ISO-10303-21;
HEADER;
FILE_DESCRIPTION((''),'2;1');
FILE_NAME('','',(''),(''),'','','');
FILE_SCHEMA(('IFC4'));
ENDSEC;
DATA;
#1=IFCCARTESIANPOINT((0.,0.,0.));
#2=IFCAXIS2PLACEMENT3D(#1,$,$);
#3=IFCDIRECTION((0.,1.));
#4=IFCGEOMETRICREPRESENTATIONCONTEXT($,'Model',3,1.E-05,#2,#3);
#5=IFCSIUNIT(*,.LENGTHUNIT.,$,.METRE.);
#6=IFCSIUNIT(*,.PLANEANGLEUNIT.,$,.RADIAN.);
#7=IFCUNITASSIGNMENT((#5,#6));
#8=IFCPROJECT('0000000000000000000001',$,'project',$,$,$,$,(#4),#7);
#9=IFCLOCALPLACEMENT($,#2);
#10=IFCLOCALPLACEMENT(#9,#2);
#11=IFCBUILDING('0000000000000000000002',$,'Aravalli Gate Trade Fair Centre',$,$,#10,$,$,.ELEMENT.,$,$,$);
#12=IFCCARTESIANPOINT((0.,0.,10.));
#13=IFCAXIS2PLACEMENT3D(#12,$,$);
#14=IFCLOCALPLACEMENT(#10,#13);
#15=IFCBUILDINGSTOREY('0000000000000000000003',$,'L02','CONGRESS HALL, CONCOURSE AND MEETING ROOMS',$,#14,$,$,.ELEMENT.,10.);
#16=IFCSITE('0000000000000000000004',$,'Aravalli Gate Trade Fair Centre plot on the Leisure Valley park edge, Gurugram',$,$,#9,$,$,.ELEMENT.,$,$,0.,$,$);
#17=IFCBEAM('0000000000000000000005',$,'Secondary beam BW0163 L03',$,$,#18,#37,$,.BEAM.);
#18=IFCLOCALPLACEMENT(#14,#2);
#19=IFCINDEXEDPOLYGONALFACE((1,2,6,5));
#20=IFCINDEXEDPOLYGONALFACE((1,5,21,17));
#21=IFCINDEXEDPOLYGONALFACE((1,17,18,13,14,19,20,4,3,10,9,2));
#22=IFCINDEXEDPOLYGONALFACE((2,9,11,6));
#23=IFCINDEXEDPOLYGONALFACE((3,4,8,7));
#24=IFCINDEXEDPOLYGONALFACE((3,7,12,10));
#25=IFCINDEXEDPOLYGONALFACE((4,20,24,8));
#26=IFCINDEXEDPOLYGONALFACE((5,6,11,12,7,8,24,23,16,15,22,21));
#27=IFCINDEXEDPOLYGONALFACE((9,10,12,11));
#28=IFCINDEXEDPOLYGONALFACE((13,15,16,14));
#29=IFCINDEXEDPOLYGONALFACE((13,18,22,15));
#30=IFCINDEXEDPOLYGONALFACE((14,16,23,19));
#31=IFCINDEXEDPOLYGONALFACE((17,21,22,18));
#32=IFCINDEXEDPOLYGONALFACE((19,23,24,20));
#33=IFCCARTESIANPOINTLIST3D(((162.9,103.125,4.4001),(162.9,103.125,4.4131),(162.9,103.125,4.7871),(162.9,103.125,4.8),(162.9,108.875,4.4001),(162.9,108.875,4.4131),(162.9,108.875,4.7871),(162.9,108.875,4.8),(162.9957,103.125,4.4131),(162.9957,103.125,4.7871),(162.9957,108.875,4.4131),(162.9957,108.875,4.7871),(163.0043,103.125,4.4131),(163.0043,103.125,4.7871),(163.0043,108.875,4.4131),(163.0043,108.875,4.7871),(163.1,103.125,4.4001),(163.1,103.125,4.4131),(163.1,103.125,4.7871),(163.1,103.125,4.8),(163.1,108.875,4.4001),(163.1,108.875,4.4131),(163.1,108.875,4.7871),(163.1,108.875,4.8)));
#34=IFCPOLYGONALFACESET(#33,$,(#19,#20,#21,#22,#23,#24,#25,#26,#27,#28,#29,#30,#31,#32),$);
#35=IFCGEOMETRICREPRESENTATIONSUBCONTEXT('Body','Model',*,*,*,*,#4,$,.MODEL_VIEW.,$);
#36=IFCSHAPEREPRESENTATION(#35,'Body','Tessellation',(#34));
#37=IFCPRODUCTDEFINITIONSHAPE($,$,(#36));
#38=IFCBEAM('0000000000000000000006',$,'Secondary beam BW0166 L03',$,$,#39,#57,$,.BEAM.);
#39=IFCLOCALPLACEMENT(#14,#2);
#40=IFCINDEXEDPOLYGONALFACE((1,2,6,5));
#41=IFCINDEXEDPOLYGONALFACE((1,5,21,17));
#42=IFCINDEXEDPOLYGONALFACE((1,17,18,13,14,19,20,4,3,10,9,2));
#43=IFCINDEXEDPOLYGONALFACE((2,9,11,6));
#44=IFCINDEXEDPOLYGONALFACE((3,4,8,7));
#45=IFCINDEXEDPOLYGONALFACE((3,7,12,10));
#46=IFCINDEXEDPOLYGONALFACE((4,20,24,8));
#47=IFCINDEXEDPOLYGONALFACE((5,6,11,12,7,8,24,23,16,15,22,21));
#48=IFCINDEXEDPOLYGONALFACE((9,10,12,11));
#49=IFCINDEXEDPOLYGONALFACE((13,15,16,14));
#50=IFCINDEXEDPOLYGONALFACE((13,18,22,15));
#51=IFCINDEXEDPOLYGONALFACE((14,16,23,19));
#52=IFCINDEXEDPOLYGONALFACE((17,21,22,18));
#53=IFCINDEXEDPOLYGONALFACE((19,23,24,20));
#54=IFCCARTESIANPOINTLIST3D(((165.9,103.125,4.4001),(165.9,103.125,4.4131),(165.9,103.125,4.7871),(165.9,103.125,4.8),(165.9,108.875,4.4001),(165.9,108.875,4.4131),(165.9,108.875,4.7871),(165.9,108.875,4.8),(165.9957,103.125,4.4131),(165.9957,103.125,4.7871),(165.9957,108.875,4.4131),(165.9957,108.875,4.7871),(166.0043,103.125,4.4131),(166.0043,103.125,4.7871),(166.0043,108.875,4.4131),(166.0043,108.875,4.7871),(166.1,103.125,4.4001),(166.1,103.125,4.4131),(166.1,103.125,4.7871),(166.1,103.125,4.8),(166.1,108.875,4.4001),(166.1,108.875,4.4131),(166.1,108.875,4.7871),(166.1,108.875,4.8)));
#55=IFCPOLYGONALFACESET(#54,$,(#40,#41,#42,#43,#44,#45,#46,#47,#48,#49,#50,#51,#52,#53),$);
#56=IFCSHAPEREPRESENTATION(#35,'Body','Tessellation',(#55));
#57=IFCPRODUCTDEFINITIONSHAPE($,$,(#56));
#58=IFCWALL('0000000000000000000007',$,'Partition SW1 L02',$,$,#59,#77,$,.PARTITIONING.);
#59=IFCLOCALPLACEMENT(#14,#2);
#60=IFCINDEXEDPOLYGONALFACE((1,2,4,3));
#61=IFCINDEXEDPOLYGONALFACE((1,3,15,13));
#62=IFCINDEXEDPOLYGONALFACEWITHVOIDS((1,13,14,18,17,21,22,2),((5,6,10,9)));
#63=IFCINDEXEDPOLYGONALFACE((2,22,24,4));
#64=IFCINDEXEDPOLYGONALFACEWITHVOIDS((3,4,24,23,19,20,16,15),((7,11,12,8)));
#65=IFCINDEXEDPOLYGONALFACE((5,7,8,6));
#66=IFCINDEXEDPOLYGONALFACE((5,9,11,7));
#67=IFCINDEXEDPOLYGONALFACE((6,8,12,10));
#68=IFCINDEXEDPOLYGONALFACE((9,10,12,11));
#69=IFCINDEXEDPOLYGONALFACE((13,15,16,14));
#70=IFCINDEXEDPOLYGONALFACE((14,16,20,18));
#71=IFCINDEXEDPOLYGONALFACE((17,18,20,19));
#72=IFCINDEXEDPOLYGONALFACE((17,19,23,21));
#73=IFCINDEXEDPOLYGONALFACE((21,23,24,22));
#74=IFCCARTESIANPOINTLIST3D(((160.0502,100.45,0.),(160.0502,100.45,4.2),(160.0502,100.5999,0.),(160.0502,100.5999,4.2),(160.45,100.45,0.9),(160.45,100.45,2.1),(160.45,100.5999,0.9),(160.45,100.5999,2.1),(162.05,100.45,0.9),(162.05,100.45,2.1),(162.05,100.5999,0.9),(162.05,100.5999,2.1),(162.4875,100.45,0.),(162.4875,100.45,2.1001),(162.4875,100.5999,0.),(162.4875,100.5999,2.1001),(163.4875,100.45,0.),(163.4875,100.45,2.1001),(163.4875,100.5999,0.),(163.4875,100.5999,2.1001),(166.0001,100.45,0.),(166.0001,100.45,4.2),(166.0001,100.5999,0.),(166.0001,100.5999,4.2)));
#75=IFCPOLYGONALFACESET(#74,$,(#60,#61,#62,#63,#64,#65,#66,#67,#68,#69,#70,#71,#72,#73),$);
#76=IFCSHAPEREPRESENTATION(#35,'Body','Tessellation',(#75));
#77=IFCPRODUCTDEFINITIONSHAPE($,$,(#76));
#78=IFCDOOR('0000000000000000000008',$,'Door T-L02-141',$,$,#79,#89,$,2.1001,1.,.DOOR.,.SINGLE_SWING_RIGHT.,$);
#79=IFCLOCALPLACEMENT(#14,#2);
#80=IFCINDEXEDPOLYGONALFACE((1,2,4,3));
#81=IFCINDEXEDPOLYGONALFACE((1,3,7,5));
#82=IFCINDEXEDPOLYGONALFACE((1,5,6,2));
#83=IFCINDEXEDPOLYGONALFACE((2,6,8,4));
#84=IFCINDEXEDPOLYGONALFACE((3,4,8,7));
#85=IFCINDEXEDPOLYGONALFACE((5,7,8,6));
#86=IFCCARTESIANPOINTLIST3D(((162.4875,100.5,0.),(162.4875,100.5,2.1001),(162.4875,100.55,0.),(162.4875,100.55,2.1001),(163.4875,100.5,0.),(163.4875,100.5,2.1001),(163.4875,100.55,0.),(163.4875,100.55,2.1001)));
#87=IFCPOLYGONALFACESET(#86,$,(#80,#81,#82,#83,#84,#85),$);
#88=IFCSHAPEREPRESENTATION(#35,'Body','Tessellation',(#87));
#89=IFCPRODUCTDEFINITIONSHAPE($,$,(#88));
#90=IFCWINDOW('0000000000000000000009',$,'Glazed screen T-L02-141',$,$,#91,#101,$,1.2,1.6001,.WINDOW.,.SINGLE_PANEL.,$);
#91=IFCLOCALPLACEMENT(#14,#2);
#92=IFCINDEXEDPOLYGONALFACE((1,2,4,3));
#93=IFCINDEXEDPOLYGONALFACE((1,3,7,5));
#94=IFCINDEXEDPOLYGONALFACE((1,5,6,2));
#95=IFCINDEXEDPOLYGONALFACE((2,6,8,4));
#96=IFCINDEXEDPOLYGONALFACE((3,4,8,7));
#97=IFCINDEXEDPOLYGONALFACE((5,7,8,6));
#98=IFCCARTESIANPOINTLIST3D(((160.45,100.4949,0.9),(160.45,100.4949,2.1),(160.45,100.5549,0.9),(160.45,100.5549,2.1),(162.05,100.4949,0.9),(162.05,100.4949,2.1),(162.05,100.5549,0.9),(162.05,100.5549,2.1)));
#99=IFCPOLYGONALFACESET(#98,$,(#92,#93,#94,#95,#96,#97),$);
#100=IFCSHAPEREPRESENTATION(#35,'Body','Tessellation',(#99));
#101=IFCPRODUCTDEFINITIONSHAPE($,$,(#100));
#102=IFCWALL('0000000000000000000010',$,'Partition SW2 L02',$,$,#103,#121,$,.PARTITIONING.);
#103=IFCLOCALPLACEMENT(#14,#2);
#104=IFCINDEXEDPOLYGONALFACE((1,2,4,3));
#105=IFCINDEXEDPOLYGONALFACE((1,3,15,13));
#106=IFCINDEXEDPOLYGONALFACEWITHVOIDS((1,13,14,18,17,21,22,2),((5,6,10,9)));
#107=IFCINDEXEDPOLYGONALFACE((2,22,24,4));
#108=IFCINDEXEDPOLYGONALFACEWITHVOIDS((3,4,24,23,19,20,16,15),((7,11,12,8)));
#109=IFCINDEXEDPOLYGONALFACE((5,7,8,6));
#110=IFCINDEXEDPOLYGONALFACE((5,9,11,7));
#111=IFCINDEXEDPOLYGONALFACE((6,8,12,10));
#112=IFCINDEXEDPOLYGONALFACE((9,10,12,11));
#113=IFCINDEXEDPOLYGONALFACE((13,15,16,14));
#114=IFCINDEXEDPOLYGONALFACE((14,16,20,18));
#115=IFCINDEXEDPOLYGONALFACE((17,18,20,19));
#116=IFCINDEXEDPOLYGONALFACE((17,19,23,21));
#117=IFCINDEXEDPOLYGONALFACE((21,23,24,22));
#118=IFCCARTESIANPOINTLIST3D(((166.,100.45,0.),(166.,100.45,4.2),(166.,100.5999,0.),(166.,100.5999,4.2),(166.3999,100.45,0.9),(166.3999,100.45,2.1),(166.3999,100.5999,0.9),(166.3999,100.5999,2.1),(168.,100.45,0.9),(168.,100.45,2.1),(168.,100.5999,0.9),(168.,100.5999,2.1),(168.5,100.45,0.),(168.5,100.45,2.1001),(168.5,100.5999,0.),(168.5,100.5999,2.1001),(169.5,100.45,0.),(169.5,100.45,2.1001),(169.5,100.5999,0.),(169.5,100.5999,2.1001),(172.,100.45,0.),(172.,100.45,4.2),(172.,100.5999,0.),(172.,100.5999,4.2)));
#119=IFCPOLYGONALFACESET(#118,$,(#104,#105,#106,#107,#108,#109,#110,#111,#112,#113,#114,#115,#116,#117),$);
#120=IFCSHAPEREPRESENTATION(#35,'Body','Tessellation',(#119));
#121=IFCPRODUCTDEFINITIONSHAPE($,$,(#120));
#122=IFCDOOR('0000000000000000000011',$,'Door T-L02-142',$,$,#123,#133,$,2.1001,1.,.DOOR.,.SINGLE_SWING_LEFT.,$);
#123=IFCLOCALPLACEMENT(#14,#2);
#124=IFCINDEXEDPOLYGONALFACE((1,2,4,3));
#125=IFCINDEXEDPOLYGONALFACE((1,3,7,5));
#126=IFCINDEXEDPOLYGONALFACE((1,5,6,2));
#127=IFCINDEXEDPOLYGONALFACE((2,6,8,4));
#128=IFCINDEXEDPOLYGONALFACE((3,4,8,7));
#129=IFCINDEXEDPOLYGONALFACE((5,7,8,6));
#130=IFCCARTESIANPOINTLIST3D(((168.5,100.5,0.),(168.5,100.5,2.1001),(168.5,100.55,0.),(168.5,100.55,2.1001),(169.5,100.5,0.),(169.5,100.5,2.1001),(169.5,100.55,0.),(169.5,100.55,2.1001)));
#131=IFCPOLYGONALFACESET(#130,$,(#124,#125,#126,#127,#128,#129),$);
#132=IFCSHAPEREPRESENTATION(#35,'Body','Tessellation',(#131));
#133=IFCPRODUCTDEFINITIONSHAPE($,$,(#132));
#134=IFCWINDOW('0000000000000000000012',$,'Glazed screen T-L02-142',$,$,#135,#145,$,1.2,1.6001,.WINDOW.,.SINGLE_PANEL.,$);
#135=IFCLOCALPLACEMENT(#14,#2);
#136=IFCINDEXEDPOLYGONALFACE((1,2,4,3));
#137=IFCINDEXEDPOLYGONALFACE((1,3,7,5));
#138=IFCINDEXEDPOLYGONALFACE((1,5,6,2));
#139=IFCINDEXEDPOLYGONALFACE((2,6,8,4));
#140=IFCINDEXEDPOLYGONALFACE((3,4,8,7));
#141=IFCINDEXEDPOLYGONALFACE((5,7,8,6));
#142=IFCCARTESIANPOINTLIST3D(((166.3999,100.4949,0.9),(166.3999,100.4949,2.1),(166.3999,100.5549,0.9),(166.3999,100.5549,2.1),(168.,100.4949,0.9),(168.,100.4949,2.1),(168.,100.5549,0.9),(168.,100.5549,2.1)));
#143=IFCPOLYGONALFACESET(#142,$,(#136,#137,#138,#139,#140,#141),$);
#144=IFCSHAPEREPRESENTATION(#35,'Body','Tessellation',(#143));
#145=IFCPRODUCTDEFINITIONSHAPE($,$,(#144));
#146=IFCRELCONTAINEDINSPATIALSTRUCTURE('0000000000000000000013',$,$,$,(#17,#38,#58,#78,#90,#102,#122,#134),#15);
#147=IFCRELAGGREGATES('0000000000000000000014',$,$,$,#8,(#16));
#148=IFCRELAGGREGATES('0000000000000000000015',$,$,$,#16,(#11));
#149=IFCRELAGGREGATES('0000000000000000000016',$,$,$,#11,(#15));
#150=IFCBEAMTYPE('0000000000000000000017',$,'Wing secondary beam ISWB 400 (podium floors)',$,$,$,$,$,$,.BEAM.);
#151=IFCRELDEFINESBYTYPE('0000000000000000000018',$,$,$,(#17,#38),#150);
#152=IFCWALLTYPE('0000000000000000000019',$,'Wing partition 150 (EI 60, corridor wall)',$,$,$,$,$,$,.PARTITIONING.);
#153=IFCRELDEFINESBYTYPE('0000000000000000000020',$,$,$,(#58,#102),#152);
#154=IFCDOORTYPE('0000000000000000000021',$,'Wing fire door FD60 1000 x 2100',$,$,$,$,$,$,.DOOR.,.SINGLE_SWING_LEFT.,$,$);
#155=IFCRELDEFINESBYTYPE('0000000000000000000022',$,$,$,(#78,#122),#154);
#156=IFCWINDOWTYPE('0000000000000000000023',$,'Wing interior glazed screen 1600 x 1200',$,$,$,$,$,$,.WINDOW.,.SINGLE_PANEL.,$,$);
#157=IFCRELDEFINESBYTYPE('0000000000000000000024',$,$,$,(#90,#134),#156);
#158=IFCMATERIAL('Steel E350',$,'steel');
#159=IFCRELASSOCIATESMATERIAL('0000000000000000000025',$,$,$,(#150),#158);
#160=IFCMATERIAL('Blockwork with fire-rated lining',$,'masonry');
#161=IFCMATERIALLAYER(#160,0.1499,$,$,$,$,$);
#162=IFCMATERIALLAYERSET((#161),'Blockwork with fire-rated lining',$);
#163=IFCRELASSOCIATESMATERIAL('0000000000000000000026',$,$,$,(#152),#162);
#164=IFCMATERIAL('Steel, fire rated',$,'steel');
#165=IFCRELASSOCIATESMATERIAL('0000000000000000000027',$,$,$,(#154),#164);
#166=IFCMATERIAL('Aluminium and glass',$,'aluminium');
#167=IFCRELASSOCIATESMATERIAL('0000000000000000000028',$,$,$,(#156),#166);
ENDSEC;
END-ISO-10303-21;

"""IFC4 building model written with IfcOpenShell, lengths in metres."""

from ifc_helpers import new_model, si_unit, direction, frame, frame_2d, origin, origin_2d, place, context, subcontext, project, spatial, rectangle, i_section, extrude, material, layer, layer_set, material_profile, profile_set, type_object, element, fill, save


model = new_model("IFC4")

# Units and contexts
model_context = context("Model", 3, precision=1e-05, world=origin(), true_north=direction((0.0, 1.0)))
body_context = subcontext(model_context, "Body", "Model", "MODEL_VIEW")
ifc_project = project(units=[si_unit("LENGTHUNIT", "METRE"), si_unit("PLANEANGLEUNIT", "RADIAN")], contexts=[model_context])

# Site, building, storey
site_placement = place(None, origin())
site = spatial("IfcSite", under=ifc_project, at=site_placement, Name="Aravalli Gate Trade Fair Centre plot on the Leisure Valley park edge, Gurugram", CompositionType="ELEMENT", RefElevation=0.0)
building_placement = place(site_placement, origin())
building = spatial("IfcBuilding", under=site, at=building_placement, Name="Aravalli Gate Trade Fair Centre", CompositionType="ELEMENT")
storey_placement = place(building_placement, frame((0.0, 0.0, 10.0)))
storey = spatial("IfcBuildingStorey", under=building, at=storey_placement, Name="L02", Description="CONGRESS HALL, CONCOURSE AND MEETING ROOMS", CompositionType="ELEMENT", Elevation=10.0)

# Shared definitions
ifc_material_1 = material(Name="Steel E350", Category="steel")

# Beams
ifc_material_profile_1 = material_profile(ifc_material_1, i_section(OverallWidth=0.2, OverallDepth=0.3999, WebThickness=0.0085, FlangeThickness=0.0129, at=origin_2d()), Name="ISWB 400")
ifc_profile_set_1 = profile_set([ifc_material_profile_1], Name="Steel E350")
beam_type_1 = type_object("IfcBeamType", Name="Wing secondary beam ISWB 400 (podium floors)", PredefinedType="BEAM", material=ifc_profile_set_1)
for number, where, z_axis, x_axis, name in (
    (1, (163.0, 103.125, 4.6001), (0.0, 1.0, 0.0), (-1.0, 0.0, 0.0), "Secondary beam BW0163 L03"),
    (2, (166.0, 103.125, 4.6001), (0.0, 1.0, 0.0), (-1.0, 0.0, 0.0), "Secondary beam BW0166 L03"),
):
    element("IfcBeam", number, at=place(storey_placement, frame(where, z_axis=z_axis, x_axis=x_axis)), inside=storey, type_object=beam_type_1, Name=name, PredefinedType="BEAM", context=body_context, shape_type="SweptSolid", body=[
        extrude(i_section(OverallWidth=0.2, OverallDepth=0.3999, WebThickness=0.0085, FlangeThickness=0.0129, at=origin_2d()), origin(), (0.0, 0.0, 1.0), 5.75),
    ])

# Walls, openings, doors, windows
ifc_material_2 = material(Name="Blockwork with fire-rated lining", Category="masonry")
ifc_layer_1 = layer(ifc_material_2, 0.1499)
ifc_layer_set_1 = layer_set([ifc_layer_1], Name="Blockwork with fire-rated lining")
wall_type_1 = type_object("IfcWallType", Name="Wing partition 150 (EI 60, corridor wall)", PredefinedType="PARTITIONING", material=ifc_layer_set_1)
wall_1_placement = place(storey_placement, frame((160.05, 100.5249, 0.0), z_axis=(0.0, 0.0, 1.0), x_axis=(1.0, 0.0, 0.0)))
wall_1 = element("IfcWall", 3, at=wall_1_placement, inside=storey, type_object=wall_type_1, Name="Partition SW1 L02", PredefinedType="PARTITIONING", context=body_context, shape_type="SweptSolid", body=[
    extrude(rectangle(XDim=5.95, YDim=0.1499, at=frame_2d((2.9751, 0.0))), origin(), (0.0, 0.0, 1.0), 4.2),
])
opening_1_placement = place(wall_1_placement, frame((0.3999, 0.0, 0.8999)))
opening_1 = element("IfcOpeningElement", 4, at=opening_1_placement, cuts=wall_1, PredefinedType="OPENING", context=body_context, shape_type="SweptSolid", body=[
    extrude(rectangle(XDim=1.6001, YDim=1.2, at=frame_2d((0.8, 0.6001))), frame((0.0, 0.085, 0.0), z_axis=(0.0, -1.0, 0.0), x_axis=(1.0, 0.0, 0.0)), (0.0, 0.0, 1.0), 0.1699),
])
opening_2_placement = place(wall_1_placement, frame((2.4375, 0.0, 0.0)))
opening_2 = element("IfcOpeningElement", 5, at=opening_2_placement, cuts=wall_1, PredefinedType="OPENING", context=body_context, shape_type="SweptSolid", body=[
    extrude(rectangle(XDim=1.0, YDim=2.1001, at=frame_2d((0.5, 1.05))), frame((0.0, 0.085, 0.0), z_axis=(0.0, -1.0, 0.0), x_axis=(1.0, 0.0, 0.0)), (0.0, 0.0, 1.0), 0.1699),
])
ifc_material_3 = material(Name="Steel, fire rated", Category="steel")
door_type = type_object("IfcDoorType", Name="Wing fire door FD60 1000 x 2100", OperationType="SINGLE_SWING_LEFT", PredefinedType="DOOR", material=ifc_material_3)
door_1_placement = place(opening_2_placement, frame((1.0, 0.0, 0.0), z_axis=(0.0, 0.0, 1.0), x_axis=(-1.0, 0.0, 0.0)))
door_1 = element("IfcDoor", 6, at=door_1_placement, inside=storey, type_object=door_type, Name="Door T-L02-141", OperationType="SINGLE_SWING_RIGHT", OverallHeight=2.1001, OverallWidth=1.0, PredefinedType="DOOR", context=body_context, shape_type="SweptSolid", body=[
    extrude(rectangle(XDim=1.0, YDim=2.1001, at=frame_2d((0.5, 1.05))), frame((0.0, 0.0249, 0.0), z_axis=(0.0, -1.0, 0.0), x_axis=(1.0, 0.0, 0.0)), (0.0, 0.0, 1.0), 0.05),
])
fill(opening_2, door_1)
ifc_material_4 = material(Name="Aluminium and glass", Category="aluminium")
window_type_1 = type_object("IfcWindowType", Name="Wing interior glazed screen 1600 x 1200", PartitioningType="SINGLE_PANEL", PredefinedType="WINDOW", material=ifc_material_4)
window_1_placement = place(opening_1_placement, origin())
window_1 = element("IfcWindow", 7, at=window_1_placement, inside=storey, type_object=window_type_1, Name="Glazed screen T-L02-141", OverallHeight=1.2, OverallWidth=1.6001, PartitioningType="SINGLE_PANEL", PredefinedType="WINDOW", context=body_context, shape_type="SweptSolid", body=[
    extrude(rectangle(XDim=1.6001, YDim=1.2, at=frame_2d((0.8, 0.6001))), frame((0.0, 0.03, 0.0), z_axis=(0.0, -1.0, 0.0), x_axis=(1.0, 0.0, 0.0)), (0.0, 0.0, 1.0), 0.0601),
])
fill(opening_1, window_1)
wall_2_placement = place(storey_placement, frame((166.0, 100.5249, 0.0), z_axis=(0.0, 0.0, 1.0), x_axis=(1.0, 0.0, 0.0)))
wall_2 = element("IfcWall", 8, at=wall_2_placement, inside=storey, type_object=wall_type_1, Name="Partition SW2 L02", PredefinedType="PARTITIONING", context=body_context, shape_type="SweptSolid", body=[
    extrude(rectangle(XDim=6.0, YDim=0.1499, at=frame_2d((3.0, 0.0))), origin(), (0.0, 0.0, 1.0), 4.2),
])
opening_3_placement = place(wall_2_placement, frame((0.3999, 0.0, 0.8999)))
opening_3 = element("IfcOpeningElement", 9, at=opening_3_placement, cuts=wall_2, PredefinedType="OPENING", context=body_context, shape_type="SweptSolid", body=[
    extrude(rectangle(XDim=1.6001, YDim=1.2, at=frame_2d((0.8, 0.6001))), frame((0.0, 0.085, 0.0), z_axis=(0.0, -1.0, 0.0), x_axis=(1.0, 0.0, 0.0)), (0.0, 0.0, 1.0), 0.1699),
])
opening_4_placement = place(wall_2_placement, frame((2.5, 0.0, 0.0)))
opening_4 = element("IfcOpeningElement", 10, at=opening_4_placement, cuts=wall_2, PredefinedType="OPENING", context=body_context, shape_type="SweptSolid", body=[
    extrude(rectangle(XDim=1.0, YDim=2.1001, at=frame_2d((0.5, 1.05))), frame((0.0, 0.085, 0.0), z_axis=(0.0, -1.0, 0.0), x_axis=(1.0, 0.0, 0.0)), (0.0, 0.0, 1.0), 0.1699),
])
door_2_placement = place(opening_4_placement, frame((1.0, 0.0, 0.0), z_axis=(0.0, 0.0, 1.0), x_axis=(-1.0, 0.0, 0.0)))
door_2 = element("IfcDoor", 11, at=door_2_placement, inside=storey, type_object=door_type, Name="Door T-L02-142", OperationType="SINGLE_SWING_LEFT", OverallHeight=2.1001, OverallWidth=1.0, PredefinedType="DOOR", context=body_context, shape_type="SweptSolid", body=[
    extrude(rectangle(XDim=1.0, YDim=2.1001, at=frame_2d((0.5, 1.05))), frame((0.0, 0.0249, 0.0), z_axis=(0.0, -1.0, 0.0), x_axis=(1.0, 0.0, 0.0)), (0.0, 0.0, 1.0), 0.05),
])
fill(opening_4, door_2)
window_2_placement = place(opening_3_placement, origin())
window_2 = element("IfcWindow", 12, at=window_2_placement, inside=storey, type_object=window_type_1, Name="Glazed screen T-L02-142", OverallHeight=1.2, OverallWidth=1.6001, PartitioningType="SINGLE_PANEL", PredefinedType="WINDOW", context=body_context, shape_type="SweptSolid", body=[
    extrude(rectangle(XDim=1.6001, YDim=1.2, at=frame_2d((0.8, 0.6001))), frame((0.0, 0.03, 0.0), z_axis=(0.0, -1.0, 0.0), x_axis=(1.0, 0.0, 0.0)), (0.0, 0.0, 1.0), 0.0601),
])
fill(opening_3, window_2)

save(model, "model.ifc")
